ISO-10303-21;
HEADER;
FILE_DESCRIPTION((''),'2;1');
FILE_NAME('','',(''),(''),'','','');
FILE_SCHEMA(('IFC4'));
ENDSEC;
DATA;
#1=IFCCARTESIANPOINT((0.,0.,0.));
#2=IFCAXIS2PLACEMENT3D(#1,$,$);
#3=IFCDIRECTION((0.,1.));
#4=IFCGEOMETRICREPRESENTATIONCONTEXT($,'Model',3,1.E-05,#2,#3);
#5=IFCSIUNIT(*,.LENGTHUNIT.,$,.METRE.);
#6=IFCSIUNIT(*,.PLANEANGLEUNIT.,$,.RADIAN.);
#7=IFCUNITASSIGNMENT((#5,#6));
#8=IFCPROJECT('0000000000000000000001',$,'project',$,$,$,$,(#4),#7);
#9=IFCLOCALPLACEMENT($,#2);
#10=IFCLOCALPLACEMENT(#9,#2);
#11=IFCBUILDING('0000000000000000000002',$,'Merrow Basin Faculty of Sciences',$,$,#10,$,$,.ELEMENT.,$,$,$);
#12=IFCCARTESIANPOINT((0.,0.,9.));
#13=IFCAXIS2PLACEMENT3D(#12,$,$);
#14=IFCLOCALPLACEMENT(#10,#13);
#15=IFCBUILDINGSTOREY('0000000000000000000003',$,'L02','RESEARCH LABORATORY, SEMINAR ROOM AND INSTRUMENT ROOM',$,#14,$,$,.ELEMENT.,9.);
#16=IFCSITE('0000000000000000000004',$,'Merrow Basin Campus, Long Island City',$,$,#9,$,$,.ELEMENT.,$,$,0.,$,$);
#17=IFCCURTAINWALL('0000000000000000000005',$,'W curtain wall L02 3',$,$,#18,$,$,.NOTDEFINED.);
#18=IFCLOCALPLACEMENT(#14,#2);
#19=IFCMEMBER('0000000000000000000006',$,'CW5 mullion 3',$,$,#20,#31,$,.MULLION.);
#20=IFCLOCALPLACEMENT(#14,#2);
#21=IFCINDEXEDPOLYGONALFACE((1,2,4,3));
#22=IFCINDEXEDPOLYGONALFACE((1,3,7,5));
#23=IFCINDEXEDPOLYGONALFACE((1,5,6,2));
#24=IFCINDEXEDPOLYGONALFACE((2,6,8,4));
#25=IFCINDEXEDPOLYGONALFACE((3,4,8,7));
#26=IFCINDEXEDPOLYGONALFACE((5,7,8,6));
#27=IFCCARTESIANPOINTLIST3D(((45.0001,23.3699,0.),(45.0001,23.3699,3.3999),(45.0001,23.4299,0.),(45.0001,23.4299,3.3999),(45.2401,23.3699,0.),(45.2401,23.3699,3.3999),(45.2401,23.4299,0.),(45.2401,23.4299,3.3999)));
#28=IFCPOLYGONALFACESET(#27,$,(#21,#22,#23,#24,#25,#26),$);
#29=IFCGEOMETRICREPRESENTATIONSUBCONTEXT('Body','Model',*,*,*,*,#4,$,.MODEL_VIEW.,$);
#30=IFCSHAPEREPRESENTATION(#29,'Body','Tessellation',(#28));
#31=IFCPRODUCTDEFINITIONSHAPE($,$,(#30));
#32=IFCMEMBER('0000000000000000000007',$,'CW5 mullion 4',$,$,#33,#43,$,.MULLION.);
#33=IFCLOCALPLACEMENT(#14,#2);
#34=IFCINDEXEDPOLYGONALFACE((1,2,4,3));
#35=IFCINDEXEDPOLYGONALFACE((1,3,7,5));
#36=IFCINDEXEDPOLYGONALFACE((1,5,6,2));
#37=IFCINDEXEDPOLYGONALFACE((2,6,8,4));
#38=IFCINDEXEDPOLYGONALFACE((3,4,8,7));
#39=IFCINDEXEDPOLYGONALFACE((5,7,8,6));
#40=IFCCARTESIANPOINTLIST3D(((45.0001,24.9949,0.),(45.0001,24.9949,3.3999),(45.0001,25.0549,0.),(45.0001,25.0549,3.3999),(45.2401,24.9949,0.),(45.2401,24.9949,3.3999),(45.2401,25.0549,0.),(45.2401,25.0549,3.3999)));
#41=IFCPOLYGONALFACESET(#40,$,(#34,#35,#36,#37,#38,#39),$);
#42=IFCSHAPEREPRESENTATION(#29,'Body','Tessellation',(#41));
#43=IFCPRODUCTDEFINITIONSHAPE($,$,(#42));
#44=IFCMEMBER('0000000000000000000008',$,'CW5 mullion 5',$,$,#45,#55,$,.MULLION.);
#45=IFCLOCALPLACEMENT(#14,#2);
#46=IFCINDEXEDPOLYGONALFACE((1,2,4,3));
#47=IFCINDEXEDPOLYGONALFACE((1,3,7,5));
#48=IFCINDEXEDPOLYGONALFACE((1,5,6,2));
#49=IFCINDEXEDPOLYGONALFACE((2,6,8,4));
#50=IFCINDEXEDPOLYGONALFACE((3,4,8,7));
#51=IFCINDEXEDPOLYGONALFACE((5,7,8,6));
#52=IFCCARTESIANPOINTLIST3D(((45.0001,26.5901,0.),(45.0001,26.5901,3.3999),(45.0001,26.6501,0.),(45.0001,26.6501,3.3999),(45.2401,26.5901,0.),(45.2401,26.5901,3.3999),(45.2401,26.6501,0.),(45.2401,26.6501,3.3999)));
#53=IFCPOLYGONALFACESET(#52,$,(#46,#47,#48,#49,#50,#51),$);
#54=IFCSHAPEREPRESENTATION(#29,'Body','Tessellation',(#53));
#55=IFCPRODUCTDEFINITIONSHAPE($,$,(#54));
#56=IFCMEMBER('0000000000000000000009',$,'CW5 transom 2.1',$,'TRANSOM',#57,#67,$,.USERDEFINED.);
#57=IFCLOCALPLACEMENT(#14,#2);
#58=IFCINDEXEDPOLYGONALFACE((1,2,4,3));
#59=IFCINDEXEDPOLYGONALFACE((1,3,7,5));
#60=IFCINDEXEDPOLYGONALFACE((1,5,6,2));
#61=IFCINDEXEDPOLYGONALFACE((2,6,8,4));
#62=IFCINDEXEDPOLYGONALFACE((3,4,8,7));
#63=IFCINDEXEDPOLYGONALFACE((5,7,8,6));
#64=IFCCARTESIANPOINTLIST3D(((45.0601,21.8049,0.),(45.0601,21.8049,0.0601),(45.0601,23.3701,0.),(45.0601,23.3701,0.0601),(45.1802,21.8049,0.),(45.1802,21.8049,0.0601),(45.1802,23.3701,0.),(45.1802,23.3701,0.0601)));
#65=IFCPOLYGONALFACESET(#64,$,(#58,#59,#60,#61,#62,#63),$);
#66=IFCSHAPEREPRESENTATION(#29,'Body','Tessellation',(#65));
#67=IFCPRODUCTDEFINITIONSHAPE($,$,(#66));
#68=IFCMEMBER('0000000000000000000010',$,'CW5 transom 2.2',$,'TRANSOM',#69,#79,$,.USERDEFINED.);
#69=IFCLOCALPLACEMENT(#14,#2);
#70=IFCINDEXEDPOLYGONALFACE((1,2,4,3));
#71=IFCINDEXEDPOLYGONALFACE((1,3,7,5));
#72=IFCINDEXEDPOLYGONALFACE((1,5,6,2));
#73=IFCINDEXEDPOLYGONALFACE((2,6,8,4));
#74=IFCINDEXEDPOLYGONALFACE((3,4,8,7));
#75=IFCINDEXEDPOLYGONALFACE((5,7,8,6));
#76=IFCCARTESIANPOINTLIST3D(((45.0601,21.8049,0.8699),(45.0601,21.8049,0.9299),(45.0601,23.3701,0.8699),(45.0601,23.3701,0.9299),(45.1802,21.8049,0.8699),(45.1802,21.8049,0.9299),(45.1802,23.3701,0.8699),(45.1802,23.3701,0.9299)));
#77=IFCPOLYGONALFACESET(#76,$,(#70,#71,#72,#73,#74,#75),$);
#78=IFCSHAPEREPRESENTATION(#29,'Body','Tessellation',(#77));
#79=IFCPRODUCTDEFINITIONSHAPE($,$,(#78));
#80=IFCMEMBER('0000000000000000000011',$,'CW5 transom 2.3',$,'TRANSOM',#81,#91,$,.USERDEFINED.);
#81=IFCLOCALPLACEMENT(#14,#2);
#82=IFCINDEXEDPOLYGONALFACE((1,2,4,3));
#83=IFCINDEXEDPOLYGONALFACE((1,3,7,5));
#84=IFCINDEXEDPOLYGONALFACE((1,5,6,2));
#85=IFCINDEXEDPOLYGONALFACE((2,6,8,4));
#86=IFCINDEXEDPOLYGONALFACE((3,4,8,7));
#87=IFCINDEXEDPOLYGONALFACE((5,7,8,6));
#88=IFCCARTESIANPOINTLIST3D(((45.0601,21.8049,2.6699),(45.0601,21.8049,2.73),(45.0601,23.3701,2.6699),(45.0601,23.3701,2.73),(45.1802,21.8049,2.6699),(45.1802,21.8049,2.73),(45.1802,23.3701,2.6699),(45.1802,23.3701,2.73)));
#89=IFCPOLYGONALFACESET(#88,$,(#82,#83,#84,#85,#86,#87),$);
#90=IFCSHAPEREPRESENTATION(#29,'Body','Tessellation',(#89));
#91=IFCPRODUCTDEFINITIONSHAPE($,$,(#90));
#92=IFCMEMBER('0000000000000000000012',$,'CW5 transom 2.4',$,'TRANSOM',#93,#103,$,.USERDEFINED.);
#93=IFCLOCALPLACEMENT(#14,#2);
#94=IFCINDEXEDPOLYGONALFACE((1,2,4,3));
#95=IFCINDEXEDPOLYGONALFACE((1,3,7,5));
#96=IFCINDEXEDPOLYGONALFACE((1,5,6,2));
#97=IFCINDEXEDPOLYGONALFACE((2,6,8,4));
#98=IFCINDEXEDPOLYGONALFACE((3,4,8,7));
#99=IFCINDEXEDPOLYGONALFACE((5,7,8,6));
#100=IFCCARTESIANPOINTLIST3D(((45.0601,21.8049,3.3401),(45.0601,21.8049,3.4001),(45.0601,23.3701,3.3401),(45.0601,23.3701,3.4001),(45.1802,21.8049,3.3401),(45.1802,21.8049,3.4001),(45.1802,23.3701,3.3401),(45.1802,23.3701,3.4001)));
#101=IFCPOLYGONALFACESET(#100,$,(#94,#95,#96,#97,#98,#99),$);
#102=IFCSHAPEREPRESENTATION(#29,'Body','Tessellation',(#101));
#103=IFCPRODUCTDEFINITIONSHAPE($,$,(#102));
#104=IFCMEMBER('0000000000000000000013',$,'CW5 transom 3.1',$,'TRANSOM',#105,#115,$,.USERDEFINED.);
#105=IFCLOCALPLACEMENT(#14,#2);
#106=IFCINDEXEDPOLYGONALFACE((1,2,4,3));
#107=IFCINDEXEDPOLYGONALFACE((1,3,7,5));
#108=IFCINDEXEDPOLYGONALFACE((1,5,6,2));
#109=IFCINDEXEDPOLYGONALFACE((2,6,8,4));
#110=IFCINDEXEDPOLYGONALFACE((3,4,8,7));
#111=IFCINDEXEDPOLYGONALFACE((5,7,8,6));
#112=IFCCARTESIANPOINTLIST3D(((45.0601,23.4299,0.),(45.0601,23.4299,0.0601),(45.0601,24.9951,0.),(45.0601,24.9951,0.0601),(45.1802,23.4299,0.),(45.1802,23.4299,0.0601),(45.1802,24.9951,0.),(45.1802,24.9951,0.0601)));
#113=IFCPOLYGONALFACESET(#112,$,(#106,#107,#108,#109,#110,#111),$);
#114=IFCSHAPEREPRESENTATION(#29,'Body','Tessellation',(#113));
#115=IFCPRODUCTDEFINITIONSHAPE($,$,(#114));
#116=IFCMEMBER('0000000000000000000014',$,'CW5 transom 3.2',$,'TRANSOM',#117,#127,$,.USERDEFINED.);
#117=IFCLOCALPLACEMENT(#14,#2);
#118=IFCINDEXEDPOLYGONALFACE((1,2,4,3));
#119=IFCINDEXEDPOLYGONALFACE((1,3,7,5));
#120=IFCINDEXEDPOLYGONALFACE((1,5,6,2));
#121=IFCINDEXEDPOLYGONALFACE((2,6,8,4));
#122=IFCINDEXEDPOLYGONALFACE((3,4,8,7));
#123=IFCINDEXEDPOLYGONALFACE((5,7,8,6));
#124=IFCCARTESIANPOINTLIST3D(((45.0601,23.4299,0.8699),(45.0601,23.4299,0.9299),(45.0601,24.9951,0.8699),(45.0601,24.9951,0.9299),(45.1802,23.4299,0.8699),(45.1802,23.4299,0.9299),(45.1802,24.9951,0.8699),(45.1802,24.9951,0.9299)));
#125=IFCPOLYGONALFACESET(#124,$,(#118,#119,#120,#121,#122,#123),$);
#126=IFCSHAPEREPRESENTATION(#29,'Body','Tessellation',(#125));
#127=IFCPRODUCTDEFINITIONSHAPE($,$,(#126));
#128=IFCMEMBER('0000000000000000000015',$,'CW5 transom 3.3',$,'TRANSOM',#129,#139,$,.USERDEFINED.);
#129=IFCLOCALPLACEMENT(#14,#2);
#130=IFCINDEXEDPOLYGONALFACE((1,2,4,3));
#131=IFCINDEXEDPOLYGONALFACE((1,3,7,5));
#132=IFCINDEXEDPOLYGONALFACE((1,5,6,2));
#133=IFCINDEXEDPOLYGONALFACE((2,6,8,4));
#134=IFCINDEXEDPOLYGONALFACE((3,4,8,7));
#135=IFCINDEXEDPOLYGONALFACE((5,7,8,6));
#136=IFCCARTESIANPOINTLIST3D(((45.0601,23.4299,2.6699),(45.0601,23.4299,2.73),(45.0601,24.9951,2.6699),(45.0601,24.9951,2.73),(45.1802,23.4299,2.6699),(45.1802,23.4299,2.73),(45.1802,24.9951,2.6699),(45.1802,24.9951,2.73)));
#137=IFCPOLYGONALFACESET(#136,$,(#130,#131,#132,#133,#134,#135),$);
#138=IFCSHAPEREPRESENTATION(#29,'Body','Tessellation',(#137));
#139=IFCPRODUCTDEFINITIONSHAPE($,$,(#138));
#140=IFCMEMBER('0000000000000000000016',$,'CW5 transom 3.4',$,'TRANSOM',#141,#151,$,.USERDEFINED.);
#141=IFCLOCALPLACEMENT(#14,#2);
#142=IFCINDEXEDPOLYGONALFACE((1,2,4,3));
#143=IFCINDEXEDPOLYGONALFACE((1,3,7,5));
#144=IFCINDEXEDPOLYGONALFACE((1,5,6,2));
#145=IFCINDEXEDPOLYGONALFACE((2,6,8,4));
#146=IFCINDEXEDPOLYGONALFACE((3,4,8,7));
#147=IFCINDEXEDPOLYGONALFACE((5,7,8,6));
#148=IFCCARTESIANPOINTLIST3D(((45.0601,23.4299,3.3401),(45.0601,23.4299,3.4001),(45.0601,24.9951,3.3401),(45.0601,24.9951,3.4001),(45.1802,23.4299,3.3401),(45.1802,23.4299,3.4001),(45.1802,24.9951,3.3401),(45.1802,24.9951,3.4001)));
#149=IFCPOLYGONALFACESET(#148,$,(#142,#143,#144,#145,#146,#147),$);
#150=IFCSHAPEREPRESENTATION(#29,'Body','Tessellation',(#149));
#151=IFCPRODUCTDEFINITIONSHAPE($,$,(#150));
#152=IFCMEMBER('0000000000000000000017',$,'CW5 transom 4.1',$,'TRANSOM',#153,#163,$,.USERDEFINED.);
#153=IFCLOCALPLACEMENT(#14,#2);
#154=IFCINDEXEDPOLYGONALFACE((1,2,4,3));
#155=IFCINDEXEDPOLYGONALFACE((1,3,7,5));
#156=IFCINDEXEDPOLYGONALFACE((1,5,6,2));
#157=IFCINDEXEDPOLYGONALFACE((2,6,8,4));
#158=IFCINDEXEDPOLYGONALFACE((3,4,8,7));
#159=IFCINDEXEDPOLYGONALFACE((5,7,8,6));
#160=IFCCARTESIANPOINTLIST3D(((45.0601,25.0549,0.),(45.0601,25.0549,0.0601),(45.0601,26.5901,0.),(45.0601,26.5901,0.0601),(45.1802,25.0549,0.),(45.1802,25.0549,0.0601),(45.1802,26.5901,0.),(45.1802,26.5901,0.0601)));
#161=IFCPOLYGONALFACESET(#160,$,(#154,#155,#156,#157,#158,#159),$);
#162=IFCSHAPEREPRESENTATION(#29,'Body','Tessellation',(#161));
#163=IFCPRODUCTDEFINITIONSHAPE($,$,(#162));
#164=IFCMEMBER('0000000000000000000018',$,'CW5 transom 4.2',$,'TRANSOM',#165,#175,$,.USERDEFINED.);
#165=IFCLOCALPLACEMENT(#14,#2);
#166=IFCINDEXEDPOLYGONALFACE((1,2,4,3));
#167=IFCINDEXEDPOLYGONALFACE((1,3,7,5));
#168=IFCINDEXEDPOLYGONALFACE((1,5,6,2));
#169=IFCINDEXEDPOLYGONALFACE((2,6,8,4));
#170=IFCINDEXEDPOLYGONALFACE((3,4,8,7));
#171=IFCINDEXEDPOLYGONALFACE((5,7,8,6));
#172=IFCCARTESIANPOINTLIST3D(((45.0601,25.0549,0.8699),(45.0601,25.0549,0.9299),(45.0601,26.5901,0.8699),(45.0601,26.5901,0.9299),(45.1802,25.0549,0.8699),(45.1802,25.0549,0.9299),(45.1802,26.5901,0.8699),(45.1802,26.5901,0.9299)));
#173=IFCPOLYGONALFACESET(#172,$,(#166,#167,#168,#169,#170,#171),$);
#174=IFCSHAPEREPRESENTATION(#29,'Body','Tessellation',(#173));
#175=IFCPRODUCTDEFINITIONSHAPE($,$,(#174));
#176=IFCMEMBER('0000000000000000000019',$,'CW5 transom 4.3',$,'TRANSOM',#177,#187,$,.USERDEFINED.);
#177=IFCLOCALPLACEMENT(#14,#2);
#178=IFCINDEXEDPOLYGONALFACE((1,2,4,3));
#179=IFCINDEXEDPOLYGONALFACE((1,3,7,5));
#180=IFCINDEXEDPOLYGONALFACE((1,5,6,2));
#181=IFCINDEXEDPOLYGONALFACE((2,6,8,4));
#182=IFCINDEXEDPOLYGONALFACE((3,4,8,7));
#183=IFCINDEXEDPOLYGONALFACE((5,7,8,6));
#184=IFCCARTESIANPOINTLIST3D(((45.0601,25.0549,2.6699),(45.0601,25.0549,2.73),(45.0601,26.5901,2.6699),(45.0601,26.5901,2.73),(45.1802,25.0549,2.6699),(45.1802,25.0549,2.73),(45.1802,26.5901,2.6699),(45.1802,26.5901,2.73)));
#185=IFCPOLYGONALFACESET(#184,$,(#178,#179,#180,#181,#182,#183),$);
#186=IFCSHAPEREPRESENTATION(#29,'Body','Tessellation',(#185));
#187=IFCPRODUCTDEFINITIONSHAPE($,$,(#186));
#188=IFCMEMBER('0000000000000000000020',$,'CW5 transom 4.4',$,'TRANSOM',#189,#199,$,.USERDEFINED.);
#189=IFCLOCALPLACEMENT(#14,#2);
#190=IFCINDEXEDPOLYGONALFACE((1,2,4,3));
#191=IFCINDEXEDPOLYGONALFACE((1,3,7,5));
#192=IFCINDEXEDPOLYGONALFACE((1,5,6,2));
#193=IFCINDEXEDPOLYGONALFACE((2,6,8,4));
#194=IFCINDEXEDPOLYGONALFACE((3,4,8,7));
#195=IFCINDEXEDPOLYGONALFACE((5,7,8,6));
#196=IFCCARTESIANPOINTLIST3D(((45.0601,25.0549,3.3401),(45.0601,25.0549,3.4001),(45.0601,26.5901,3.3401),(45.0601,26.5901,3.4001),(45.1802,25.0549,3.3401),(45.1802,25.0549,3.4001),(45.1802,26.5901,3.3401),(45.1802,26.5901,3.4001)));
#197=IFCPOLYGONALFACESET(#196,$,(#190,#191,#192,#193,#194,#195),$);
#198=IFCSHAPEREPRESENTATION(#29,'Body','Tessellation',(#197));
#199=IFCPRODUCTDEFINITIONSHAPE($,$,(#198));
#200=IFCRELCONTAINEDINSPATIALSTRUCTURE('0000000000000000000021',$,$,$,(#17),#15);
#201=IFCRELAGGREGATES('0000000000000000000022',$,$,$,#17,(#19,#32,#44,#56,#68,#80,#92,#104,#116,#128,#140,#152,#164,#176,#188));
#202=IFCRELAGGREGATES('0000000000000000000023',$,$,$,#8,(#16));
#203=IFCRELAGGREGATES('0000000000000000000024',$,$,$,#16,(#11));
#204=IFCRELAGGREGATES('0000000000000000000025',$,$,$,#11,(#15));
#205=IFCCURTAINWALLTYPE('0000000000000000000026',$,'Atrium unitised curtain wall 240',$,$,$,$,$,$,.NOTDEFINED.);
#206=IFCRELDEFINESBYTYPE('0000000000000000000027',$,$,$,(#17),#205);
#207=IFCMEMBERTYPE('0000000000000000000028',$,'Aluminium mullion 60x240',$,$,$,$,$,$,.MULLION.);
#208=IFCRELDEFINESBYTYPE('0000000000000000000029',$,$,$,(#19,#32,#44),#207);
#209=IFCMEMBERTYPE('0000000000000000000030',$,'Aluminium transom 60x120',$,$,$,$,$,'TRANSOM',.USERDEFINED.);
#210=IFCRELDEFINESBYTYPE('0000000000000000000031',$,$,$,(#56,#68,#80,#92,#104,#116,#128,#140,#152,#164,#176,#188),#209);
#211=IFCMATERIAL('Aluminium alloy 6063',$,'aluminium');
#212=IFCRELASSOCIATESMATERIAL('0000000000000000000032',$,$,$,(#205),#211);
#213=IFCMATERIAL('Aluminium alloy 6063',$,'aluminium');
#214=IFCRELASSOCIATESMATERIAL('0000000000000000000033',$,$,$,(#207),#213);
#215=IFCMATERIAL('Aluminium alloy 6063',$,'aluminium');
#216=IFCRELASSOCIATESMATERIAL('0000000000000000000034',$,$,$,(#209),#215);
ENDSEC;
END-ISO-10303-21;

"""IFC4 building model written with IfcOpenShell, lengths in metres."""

from ifc_helpers import new_model, si_unit, direction, frame, origin, origin_2d, place, context, subcontext, project, spatial, rectangle, extrude, material, material_profile, profile_set, type_object, element, aggregate, save


model = new_model("IFC4")

# Units and contexts
model_context = context("Model", 3, precision=1e-05, world=origin(), true_north=direction((0.0, 1.0)))
body_context = subcontext(model_context, "Body", "Model", "MODEL_VIEW")
ifc_project = project(units=[si_unit("LENGTHUNIT", "METRE"), si_unit("PLANEANGLEUNIT", "RADIAN")], contexts=[model_context])

# Site, building, storey
site_placement = place(None, origin())
site = spatial("IfcSite", under=ifc_project, at=site_placement, Name="Merrow Basin Campus, Long Island City", CompositionType="ELEMENT", RefElevation=0.0)
building_placement = place(site_placement, origin())
building = spatial("IfcBuilding", under=site, at=building_placement, Name="Merrow Basin Faculty of Sciences", CompositionType="ELEMENT")
storey_placement = place(building_placement, frame((0.0, 0.0, 9.0)))
storey = spatial("IfcBuildingStorey", under=building, at=storey_placement, Name="L02", Description="RESEARCH LABORATORY, SEMINAR ROOM AND INSTRUMENT ROOM", CompositionType="ELEMENT", Elevation=9.0)

# Curtain wall, members
ifc_material_1 = material(Name="Aluminium alloy 6063", Category="aluminium")
curtain_wall_type = type_object("IfcCurtainWallType", Name="Atrium unitised curtain wall 240", PredefinedType="NOTDEFINED", material=ifc_material_1)
curtain_wall_placement = place(storey_placement, origin())
curtain_wall = element("IfcCurtainWall", 1, at=curtain_wall_placement, inside=storey, type_object=curtain_wall_type, Name="W curtain wall L02 3", PredefinedType="NOTDEFINED")
ifc_material_2 = material(Name="Aluminium alloy 6063", Category="aluminium")
ifc_material_profile_1 = material_profile(ifc_material_2, rectangle(XDim=0.24, YDim=0.0601, at=origin_2d()))
ifc_profile_set_1 = profile_set([ifc_material_profile_1], Name="Aluminium alloy 6063")
member_type_1 = type_object("IfcMemberType", Name="Aluminium mullion 60x240", PredefinedType="MULLION", material=ifc_profile_set_1)
member_1_placement = place(storey_placement, frame((45.1201, 23.3999, 0.0), z_axis=(0.0, 0.0, 1.0), x_axis=(-1.0, 0.0, 0.0)))
member_1 = element("IfcMember", 2, at=member_1_placement, type_object=member_type_1, Name="CW5 mullion 3", PredefinedType="MULLION", context=body_context, shape_type="SweptSolid", body=[
    extrude(rectangle(XDim=0.24, YDim=0.0601, at=origin_2d()), origin(), (0.0, 0.0, 1.0), 3.3999),
])
member_2_placement = place(storey_placement, frame((45.1201, 25.0249, 0.0), z_axis=(0.0, 0.0, 1.0), x_axis=(-1.0, 0.0, 0.0)))
member_2 = element("IfcMember", 3, at=member_2_placement, type_object=member_type_1, Name="CW5 mullion 4", PredefinedType="MULLION", context=body_context, shape_type="SweptSolid", body=[
    extrude(rectangle(XDim=0.24, YDim=0.0601, at=origin_2d()), origin(), (0.0, 0.0, 1.0), 3.3999),
])
member_3_placement = place(storey_placement, frame((45.1201, 26.6201, 0.0), z_axis=(0.0, 0.0, 1.0), x_axis=(-1.0, 0.0, 0.0)))
member_3 = element("IfcMember", 4, at=member_3_placement, type_object=member_type_1, Name="CW5 mullion 5", PredefinedType="MULLION", context=body_context, shape_type="SweptSolid", body=[
    extrude(rectangle(XDim=0.24, YDim=0.0601, at=origin_2d()), origin(), (0.0, 0.0, 1.0), 3.3999),
])
ifc_material_3 = material(Name="Aluminium alloy 6063", Category="aluminium")
ifc_material_profile_2 = material_profile(ifc_material_3, rectangle(XDim=0.1201, YDim=0.0601, at=origin_2d()))
ifc_profile_set_2 = profile_set([ifc_material_profile_2], Name="Aluminium alloy 6063")
member_type_2 = type_object("IfcMemberType", Name="Aluminium transom 60x120", ElementType="TRANSOM", PredefinedType="USERDEFINED", material=ifc_profile_set_2)
member_4_placement = place(storey_placement, frame((45.1201, 21.8049, 0.03), z_axis=(0.0, 1.0, 0.0), x_axis=(-1.0, 0.0, 0.0)))
member_4 = element("IfcMember", 5, at=member_4_placement, type_object=member_type_2, Name="CW5 transom 2.1", ObjectType="TRANSOM", PredefinedType="USERDEFINED", context=body_context, shape_type="SweptSolid", body=[
    extrude(rectangle(XDim=0.1201, YDim=0.0601, at=origin_2d()), origin(), (0.0, 0.0, 1.0), 1.5652),
])
member_5_placement = place(storey_placement, frame((45.1201, 21.8049, 0.8999), z_axis=(0.0, 1.0, 0.0), x_axis=(-1.0, 0.0, 0.0)))
member_5 = element("IfcMember", 6, at=member_5_placement, type_object=member_type_2, Name="CW5 transom 2.2", ObjectType="TRANSOM", PredefinedType="USERDEFINED", context=body_context, shape_type="SweptSolid", body=[
    extrude(rectangle(XDim=0.1201, YDim=0.0601, at=origin_2d()), origin(), (0.0, 0.0, 1.0), 1.5652),
])
member_6_placement = place(storey_placement, frame((45.1201, 21.8049, 2.7), z_axis=(0.0, 1.0, 0.0), x_axis=(-1.0, 0.0, 0.0)))
member_6 = element("IfcMember", 7, at=member_6_placement, type_object=member_type_2, Name="CW5 transom 2.3", ObjectType="TRANSOM", PredefinedType="USERDEFINED", context=body_context, shape_type="SweptSolid", body=[
    extrude(rectangle(XDim=0.1201, YDim=0.0601, at=origin_2d()), origin(), (0.0, 0.0, 1.0), 1.5652),
])
member_7_placement = place(storey_placement, frame((45.1201, 21.8049, 3.3701), z_axis=(0.0, 1.0, 0.0), x_axis=(-1.0, 0.0, 0.0)))
member_7 = element("IfcMember", 8, at=member_7_placement, type_object=member_type_2, Name="CW5 transom 2.4", ObjectType="TRANSOM", PredefinedType="USERDEFINED", context=body_context, shape_type="SweptSolid", body=[
    extrude(rectangle(XDim=0.1201, YDim=0.0601, at=origin_2d()), origin(), (0.0, 0.0, 1.0), 1.5652),
])
member_8_placement = place(storey_placement, frame((45.1201, 23.4299, 0.03), z_axis=(0.0, 1.0, 0.0), x_axis=(-1.0, 0.0, 0.0)))
member_8 = element("IfcMember", 9, at=member_8_placement, type_object=member_type_2, Name="CW5 transom 3.1", ObjectType="TRANSOM", PredefinedType="USERDEFINED", context=body_context, shape_type="SweptSolid", body=[
    extrude(rectangle(XDim=0.1201, YDim=0.0601, at=origin_2d()), origin(), (0.0, 0.0, 1.0), 1.5652),
])
member_9_placement = place(storey_placement, frame((45.1201, 23.4299, 0.8999), z_axis=(0.0, 1.0, 0.0), x_axis=(-1.0, 0.0, 0.0)))
member_9 = element("IfcMember", 10, at=member_9_placement, type_object=member_type_2, Name="CW5 transom 3.2", ObjectType="TRANSOM", PredefinedType="USERDEFINED", context=body_context, shape_type="SweptSolid", body=[
    extrude(rectangle(XDim=0.1201, YDim=0.0601, at=origin_2d()), origin(), (0.0, 0.0, 1.0), 1.5652),
])
member_10_placement = place(storey_placement, frame((45.1201, 23.4299, 2.7), z_axis=(0.0, 1.0, 0.0), x_axis=(-1.0, 0.0, 0.0)))
member_10 = element("IfcMember", 11, at=member_10_placement, type_object=member_type_2, Name="CW5 transom 3.3", ObjectType="TRANSOM", PredefinedType="USERDEFINED", context=body_context, shape_type="SweptSolid", body=[
    extrude(rectangle(XDim=0.1201, YDim=0.0601, at=origin_2d()), origin(), (0.0, 0.0, 1.0), 1.5652),
])
member_11_placement = place(storey_placement, frame((45.1201, 23.4299, 3.3701), z_axis=(0.0, 1.0, 0.0), x_axis=(-1.0, 0.0, 0.0)))
member_11 = element("IfcMember", 12, at=member_11_placement, type_object=member_type_2, Name="CW5 transom 3.4", ObjectType="TRANSOM", PredefinedType="USERDEFINED", context=body_context, shape_type="SweptSolid", body=[
    extrude(rectangle(XDim=0.1201, YDim=0.0601, at=origin_2d()), origin(), (0.0, 0.0, 1.0), 1.5652),
])
member_12_placement = place(storey_placement, frame((45.1201, 25.0549, 0.03), z_axis=(0.0, 1.0, 0.0), x_axis=(-1.0, 0.0, 0.0)))
member_12 = element("IfcMember", 13, at=member_12_placement, type_object=member_type_2, Name="CW5 transom 4.1", ObjectType="TRANSOM", PredefinedType="USERDEFINED", context=body_context, shape_type="SweptSolid", body=[
    extrude(rectangle(XDim=0.1201, YDim=0.0601, at=origin_2d()), origin(), (0.0, 0.0, 1.0), 1.5352),
])
member_13_placement = place(storey_placement, frame((45.1201, 25.0549, 0.8999), z_axis=(0.0, 1.0, 0.0), x_axis=(-1.0, 0.0, 0.0)))
member_13 = element("IfcMember", 14, at=member_13_placement, type_object=member_type_2, Name="CW5 transom 4.2", ObjectType="TRANSOM", PredefinedType="USERDEFINED", context=body_context, shape_type="SweptSolid", body=[
    extrude(rectangle(XDim=0.1201, YDim=0.0601, at=origin_2d()), origin(), (0.0, 0.0, 1.0), 1.5352),
])
member_14_placement = place(storey_placement, frame((45.1201, 25.0549, 2.7), z_axis=(0.0, 1.0, 0.0), x_axis=(-1.0, 0.0, 0.0)))
member_14 = element("IfcMember", 15, at=member_14_placement, type_object=member_type_2, Name="CW5 transom 4.3", ObjectType="TRANSOM", PredefinedType="USERDEFINED", context=body_context, shape_type="SweptSolid", body=[
    extrude(rectangle(XDim=0.1201, YDim=0.0601, at=origin_2d()), origin(), (0.0, 0.0, 1.0), 1.5352),
])
member_15_placement = place(storey_placement, frame((45.1201, 25.0549, 3.3701), z_axis=(0.0, 1.0, 0.0), x_axis=(-1.0, 0.0, 0.0)))
member_15 = element("IfcMember", 16, at=member_15_placement, type_object=member_type_2, Name="CW5 transom 4.4", ObjectType="TRANSOM", PredefinedType="USERDEFINED", context=body_context, shape_type="SweptSolid", body=[
    extrude(rectangle(XDim=0.1201, YDim=0.0601, at=origin_2d()), origin(), (0.0, 0.0, 1.0), 1.5352),
])

aggregate(curtain_wall, [member_1, member_2, member_3, member_4, member_5, member_6, member_7, member_8, member_9, member_10, member_11, member_12, member_13, member_14, member_15])

save(model, "model.ifc")
